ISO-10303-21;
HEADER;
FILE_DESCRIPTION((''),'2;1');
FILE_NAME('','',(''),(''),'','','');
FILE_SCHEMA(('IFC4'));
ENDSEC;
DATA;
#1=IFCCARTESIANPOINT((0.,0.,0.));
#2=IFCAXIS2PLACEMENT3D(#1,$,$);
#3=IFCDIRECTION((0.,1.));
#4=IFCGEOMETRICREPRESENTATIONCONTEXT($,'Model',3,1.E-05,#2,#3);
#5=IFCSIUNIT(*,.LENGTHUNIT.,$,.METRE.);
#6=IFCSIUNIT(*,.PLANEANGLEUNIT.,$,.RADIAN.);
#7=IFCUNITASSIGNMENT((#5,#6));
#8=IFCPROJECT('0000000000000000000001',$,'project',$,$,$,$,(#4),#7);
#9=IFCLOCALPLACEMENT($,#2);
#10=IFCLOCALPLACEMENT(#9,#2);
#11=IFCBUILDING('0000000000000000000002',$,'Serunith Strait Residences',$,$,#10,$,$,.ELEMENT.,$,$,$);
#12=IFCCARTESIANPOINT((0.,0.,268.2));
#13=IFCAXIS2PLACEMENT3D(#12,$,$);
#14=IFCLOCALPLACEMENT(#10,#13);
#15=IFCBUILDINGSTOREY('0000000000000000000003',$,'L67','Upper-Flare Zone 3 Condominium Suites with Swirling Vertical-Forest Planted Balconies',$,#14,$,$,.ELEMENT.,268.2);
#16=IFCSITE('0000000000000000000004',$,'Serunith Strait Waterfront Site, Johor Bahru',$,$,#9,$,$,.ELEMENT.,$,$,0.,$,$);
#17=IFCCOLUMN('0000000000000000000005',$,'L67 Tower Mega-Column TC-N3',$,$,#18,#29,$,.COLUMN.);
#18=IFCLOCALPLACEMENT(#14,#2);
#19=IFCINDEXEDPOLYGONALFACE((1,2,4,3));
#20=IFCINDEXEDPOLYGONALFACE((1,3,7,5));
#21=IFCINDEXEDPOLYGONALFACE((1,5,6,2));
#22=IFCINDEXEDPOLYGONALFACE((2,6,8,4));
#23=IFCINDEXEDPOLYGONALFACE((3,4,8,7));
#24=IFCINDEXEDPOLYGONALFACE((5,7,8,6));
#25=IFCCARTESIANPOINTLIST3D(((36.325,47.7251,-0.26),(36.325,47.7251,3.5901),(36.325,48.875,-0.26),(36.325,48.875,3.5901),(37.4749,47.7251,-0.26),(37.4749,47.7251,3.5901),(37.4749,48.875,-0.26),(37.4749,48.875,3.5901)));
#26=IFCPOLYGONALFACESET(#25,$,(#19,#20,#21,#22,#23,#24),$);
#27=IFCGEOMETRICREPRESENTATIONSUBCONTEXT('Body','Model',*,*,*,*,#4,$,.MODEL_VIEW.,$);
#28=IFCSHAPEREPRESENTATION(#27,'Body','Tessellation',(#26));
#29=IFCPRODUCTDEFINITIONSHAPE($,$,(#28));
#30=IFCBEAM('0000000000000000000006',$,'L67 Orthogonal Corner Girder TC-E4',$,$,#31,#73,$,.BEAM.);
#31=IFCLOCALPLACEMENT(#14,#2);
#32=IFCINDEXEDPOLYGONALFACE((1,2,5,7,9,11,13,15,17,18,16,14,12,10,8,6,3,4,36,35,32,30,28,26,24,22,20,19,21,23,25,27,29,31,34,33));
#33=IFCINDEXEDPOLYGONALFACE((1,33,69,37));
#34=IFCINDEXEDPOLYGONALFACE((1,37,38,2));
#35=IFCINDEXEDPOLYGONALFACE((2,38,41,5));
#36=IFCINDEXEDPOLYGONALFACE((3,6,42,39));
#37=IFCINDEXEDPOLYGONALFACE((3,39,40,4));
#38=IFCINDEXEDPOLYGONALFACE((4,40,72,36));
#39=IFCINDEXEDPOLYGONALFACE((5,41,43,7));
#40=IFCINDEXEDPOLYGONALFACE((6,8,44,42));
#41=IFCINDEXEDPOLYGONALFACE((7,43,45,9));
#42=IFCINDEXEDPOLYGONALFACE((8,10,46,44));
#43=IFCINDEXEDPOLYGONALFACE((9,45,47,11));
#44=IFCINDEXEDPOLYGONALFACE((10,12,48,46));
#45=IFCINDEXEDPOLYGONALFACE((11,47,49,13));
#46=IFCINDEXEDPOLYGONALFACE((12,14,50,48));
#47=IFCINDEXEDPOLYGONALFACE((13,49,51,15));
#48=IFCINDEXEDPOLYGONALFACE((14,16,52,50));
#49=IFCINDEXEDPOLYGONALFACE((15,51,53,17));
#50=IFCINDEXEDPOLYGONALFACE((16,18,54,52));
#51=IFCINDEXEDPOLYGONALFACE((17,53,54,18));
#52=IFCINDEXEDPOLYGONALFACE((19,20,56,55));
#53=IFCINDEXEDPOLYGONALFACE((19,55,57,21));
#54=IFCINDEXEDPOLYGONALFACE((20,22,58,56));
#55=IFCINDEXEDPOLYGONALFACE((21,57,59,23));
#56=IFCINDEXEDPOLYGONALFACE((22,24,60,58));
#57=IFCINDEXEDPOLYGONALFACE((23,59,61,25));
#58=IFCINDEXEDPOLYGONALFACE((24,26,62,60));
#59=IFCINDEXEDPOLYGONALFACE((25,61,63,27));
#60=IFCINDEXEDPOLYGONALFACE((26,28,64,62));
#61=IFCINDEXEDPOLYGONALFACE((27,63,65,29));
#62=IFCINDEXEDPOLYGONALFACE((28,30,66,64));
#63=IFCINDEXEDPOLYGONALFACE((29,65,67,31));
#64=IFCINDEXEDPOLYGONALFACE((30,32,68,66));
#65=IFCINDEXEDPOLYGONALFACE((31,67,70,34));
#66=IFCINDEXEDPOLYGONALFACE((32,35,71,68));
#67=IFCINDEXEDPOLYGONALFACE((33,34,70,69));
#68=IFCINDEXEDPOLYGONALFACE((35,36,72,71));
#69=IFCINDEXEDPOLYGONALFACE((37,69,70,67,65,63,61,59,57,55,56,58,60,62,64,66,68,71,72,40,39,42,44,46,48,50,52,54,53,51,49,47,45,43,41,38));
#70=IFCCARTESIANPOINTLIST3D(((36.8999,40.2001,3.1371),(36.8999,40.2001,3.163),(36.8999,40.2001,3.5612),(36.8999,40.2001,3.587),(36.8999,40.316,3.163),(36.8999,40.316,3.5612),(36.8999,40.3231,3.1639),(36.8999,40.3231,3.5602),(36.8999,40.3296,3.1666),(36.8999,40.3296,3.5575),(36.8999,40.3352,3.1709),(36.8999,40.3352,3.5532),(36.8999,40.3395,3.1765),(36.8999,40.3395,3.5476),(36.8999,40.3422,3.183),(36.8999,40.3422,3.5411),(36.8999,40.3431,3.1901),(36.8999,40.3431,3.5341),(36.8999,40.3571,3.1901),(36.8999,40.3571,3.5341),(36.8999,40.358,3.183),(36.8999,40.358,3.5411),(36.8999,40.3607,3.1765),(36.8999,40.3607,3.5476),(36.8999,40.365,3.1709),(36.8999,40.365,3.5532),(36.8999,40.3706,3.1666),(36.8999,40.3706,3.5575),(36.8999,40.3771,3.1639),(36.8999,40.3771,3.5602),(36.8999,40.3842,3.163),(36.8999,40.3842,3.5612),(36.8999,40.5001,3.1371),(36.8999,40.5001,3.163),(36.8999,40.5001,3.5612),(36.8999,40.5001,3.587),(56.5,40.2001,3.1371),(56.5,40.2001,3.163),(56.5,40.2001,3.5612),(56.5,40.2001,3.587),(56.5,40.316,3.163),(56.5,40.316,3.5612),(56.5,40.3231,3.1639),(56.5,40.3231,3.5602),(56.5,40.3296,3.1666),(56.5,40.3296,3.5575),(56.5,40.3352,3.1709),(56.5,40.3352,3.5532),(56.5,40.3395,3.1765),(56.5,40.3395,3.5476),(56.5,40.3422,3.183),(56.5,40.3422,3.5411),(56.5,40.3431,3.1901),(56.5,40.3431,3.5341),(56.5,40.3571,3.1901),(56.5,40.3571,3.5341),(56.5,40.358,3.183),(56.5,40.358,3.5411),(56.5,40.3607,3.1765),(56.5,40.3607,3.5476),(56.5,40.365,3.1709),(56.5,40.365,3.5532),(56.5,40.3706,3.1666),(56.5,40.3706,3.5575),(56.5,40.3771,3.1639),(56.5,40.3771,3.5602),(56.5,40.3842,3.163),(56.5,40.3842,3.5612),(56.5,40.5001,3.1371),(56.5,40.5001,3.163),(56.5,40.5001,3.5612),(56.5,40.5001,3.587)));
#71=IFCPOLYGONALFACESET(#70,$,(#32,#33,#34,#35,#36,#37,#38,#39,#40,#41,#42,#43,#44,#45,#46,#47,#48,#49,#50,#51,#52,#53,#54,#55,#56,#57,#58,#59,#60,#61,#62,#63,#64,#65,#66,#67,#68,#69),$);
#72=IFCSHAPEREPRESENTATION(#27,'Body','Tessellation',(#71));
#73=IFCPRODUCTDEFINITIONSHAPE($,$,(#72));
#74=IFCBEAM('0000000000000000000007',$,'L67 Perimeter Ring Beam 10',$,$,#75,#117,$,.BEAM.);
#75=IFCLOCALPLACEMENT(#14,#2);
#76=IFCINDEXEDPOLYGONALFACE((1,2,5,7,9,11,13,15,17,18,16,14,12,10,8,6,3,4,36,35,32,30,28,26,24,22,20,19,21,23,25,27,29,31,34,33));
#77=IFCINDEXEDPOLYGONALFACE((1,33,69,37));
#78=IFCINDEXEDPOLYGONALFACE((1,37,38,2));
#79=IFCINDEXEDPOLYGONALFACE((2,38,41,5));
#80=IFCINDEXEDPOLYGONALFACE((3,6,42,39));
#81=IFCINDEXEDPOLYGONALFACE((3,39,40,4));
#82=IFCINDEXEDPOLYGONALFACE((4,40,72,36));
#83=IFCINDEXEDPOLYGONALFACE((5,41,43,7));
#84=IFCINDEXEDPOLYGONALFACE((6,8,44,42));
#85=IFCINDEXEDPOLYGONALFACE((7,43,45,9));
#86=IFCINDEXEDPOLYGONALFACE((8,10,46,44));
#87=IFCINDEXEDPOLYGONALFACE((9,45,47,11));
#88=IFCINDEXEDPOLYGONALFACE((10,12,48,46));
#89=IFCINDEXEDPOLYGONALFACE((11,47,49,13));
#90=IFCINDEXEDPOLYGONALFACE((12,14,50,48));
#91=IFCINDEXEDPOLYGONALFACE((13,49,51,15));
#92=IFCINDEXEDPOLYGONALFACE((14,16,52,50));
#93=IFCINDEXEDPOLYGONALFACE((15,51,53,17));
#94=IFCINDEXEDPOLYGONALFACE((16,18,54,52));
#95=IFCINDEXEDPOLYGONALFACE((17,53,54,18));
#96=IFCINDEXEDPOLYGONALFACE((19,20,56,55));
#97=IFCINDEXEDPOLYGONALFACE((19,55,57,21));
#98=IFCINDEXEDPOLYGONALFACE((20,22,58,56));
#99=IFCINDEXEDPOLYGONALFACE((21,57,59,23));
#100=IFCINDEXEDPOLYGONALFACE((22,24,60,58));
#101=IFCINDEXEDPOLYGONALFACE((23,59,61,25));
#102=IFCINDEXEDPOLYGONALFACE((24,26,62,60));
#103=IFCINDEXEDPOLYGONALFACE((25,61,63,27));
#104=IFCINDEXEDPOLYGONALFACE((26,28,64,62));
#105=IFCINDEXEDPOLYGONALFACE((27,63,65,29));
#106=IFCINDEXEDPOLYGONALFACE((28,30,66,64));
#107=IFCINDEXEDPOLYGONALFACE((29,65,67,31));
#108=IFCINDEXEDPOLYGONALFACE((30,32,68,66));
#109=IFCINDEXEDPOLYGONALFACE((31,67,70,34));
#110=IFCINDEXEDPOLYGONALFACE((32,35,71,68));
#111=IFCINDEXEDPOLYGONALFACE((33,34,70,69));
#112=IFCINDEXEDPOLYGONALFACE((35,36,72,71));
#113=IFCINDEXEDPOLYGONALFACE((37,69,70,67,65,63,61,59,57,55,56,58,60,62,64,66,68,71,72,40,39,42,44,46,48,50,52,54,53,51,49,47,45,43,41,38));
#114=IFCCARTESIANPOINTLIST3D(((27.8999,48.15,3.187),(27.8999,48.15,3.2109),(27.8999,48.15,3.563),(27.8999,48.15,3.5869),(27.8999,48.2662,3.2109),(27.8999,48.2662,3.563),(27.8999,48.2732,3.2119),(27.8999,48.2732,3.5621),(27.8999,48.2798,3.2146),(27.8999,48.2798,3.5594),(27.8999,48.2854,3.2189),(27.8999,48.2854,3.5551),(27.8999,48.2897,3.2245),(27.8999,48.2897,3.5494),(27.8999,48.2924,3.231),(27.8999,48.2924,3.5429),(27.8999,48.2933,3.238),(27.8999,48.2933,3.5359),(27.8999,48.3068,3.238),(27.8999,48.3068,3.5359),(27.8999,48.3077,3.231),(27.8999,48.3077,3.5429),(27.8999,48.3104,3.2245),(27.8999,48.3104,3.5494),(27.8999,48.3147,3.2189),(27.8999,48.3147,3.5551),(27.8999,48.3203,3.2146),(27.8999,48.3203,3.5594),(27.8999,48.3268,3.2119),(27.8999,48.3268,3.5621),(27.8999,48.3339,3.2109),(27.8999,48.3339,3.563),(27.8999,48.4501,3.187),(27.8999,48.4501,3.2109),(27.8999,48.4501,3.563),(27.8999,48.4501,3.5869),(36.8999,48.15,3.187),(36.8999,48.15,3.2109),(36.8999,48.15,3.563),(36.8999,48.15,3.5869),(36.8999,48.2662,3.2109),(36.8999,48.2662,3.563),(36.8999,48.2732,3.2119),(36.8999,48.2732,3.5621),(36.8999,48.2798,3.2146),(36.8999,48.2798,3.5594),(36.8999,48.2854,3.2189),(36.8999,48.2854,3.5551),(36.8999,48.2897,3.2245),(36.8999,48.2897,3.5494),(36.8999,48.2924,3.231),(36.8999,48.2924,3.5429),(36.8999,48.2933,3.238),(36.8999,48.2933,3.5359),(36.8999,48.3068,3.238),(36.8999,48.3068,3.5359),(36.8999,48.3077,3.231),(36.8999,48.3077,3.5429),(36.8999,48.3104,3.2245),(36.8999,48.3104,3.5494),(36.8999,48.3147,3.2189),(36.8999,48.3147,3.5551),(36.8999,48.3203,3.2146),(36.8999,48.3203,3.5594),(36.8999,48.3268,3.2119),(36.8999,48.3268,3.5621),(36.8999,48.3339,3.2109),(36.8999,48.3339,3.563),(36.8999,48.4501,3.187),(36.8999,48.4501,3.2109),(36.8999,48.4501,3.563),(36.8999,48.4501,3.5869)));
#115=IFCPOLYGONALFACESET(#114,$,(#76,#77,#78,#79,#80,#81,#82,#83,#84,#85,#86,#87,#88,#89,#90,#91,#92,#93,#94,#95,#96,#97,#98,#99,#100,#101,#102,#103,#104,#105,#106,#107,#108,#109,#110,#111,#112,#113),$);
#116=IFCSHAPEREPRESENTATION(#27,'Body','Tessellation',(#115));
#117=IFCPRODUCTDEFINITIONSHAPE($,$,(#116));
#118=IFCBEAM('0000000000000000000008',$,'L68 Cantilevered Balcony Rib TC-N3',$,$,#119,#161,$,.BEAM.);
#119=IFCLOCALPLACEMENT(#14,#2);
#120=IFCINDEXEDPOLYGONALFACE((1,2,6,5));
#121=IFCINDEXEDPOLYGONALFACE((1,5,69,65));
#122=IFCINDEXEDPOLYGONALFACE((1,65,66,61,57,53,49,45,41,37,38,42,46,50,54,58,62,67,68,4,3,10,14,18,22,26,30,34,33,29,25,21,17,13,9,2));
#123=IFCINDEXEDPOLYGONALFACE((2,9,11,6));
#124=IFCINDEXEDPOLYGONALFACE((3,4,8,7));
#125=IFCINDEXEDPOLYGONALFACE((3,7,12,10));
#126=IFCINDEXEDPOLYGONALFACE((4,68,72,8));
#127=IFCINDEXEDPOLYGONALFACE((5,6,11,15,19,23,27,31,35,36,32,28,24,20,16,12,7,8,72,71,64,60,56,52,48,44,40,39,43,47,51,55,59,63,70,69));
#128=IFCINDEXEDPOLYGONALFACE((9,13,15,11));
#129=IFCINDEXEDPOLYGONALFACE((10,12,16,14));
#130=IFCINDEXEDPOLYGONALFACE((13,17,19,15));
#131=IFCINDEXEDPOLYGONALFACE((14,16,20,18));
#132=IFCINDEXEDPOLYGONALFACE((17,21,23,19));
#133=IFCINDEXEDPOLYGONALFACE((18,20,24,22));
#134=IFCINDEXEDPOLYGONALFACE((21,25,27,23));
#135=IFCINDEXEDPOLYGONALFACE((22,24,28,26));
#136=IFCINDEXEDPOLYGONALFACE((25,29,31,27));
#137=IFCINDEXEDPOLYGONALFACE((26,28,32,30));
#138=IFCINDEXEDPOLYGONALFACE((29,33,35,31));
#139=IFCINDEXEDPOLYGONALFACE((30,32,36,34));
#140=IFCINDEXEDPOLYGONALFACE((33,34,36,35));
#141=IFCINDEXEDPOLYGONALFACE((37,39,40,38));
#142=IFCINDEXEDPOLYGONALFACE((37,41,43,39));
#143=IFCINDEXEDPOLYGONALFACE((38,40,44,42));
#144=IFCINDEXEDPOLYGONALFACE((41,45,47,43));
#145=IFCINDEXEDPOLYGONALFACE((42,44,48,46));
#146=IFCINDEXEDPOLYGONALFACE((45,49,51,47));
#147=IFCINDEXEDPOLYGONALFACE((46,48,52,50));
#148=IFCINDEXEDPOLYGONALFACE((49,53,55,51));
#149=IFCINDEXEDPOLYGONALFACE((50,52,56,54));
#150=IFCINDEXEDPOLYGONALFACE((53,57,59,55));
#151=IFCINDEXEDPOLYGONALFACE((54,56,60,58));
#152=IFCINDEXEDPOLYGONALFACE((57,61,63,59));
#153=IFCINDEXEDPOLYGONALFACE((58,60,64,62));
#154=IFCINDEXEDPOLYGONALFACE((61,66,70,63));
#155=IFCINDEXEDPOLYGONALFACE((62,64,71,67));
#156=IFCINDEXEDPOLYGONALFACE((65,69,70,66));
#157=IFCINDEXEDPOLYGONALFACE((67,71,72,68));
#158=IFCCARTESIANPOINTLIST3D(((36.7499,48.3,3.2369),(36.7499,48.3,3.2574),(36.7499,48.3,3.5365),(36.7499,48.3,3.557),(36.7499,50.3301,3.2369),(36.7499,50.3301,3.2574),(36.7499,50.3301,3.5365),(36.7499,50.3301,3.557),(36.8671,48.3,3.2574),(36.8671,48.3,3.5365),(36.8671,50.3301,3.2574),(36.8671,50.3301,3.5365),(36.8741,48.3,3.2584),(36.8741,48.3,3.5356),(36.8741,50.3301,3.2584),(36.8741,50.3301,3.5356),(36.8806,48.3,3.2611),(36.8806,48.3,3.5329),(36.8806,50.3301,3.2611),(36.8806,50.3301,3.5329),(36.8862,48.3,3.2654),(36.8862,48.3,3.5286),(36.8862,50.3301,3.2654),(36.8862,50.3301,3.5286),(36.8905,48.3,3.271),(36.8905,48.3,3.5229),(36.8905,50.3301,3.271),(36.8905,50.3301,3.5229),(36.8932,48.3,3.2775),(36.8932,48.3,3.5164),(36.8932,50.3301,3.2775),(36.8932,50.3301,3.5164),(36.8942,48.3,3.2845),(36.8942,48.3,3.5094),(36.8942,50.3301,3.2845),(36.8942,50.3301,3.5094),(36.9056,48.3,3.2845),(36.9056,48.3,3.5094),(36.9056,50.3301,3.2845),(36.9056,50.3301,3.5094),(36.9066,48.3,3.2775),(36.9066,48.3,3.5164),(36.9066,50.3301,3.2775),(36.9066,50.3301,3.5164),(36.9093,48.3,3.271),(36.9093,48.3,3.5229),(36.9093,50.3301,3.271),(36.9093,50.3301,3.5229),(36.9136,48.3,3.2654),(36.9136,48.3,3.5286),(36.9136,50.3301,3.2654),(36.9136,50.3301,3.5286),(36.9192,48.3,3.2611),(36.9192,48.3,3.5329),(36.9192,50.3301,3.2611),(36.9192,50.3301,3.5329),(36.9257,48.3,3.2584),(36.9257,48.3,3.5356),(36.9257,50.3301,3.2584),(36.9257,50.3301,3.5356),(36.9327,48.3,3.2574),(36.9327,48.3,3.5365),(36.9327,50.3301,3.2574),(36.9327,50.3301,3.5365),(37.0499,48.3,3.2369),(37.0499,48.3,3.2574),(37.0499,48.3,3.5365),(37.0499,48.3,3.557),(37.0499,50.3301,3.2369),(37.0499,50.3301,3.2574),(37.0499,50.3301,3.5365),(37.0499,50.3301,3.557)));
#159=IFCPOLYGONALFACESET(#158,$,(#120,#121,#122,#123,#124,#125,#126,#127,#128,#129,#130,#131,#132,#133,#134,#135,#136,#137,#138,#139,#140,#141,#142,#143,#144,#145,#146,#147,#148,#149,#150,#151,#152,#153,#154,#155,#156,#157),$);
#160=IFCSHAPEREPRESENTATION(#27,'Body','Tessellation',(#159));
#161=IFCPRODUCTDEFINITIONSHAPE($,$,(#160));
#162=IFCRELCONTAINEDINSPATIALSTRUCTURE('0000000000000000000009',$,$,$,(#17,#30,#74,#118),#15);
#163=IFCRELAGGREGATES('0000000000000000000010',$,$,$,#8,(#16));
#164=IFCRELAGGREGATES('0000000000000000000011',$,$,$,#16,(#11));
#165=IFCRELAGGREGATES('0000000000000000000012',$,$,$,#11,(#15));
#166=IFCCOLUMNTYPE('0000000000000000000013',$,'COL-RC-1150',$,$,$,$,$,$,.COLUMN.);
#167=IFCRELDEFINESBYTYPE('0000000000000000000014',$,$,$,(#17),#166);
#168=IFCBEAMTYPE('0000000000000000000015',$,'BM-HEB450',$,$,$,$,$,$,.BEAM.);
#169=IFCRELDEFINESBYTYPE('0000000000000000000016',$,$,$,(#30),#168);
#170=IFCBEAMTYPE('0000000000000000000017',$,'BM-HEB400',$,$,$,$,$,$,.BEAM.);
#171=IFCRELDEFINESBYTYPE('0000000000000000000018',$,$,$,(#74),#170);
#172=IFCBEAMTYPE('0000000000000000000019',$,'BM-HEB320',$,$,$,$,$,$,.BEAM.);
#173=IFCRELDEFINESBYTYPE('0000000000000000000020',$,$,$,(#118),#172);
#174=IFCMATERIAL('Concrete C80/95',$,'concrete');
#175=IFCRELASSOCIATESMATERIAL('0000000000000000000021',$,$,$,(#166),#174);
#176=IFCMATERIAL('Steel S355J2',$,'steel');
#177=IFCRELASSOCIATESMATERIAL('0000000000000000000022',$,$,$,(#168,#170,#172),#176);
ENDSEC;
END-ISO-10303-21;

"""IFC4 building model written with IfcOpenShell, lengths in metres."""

from ifc_helpers import new_model, si_unit, direction, frame, origin, origin_2d, place, context, subcontext, project, spatial, rectangle, i_section, extrude, source, transform, mapped, material, material_profile, profile_set, type_object, element, save


model = new_model("IFC4")

# Units and contexts
model_context = context("Model", 3, precision=1e-05, world=origin(), true_north=direction((0.0, 1.0)))
body_context = subcontext(model_context, "Body", "Model", "MODEL_VIEW")
ifc_project = project(units=[si_unit("LENGTHUNIT", "METRE"), si_unit("PLANEANGLEUNIT", "RADIAN")], contexts=[model_context])

# Site, building, storey
site_placement = place(None, origin())
site = spatial("IfcSite", under=ifc_project, at=site_placement, Name="Serunith Strait Waterfront Site, Johor Bahru", CompositionType="ELEMENT", RefElevation=0.0)
building_placement = place(site_placement, origin())
building = spatial("IfcBuilding", under=site, at=building_placement, Name="Serunith Strait Residences", CompositionType="ELEMENT")
storey_placement = place(building_placement, frame((0.0, 0.0, 268.2)))
storey = spatial("IfcBuildingStorey", under=building, at=storey_placement, Name="L67", Description="Upper-Flare Zone 3 Condominium Suites with Swirling Vertical-Forest Planted Balconies", CompositionType="ELEMENT", Elevation=268.2)

# Column
ifc_material_1 = material(Name="Concrete C80/95", Category="concrete")
ifc_material_profile_1 = material_profile(ifc_material_1, rectangle(XDim=1.1499, YDim=1.1499, at=origin_2d()), Name="RC 1150x1150")
ifc_profile_set_1 = profile_set([ifc_material_profile_1], Name="Concrete C80/95")
column_type = type_object("IfcColumnType", Name="COL-RC-1150", PredefinedType="COLUMN", material=ifc_profile_set_1)
shared_shape_1 = source(origin(), body_context, "Body", "SweptSolid", [
    extrude(rectangle(XDim=1.1499, YDim=1.1499, at=origin_2d()), origin(), (0.0, 0.0, 1.0), 3.8501),
])
column_placement = place(storey_placement, frame((36.8999, 48.3, -0.26), z_axis=(0.0, 0.0, 1.0), x_axis=(1.0, 0.0, 0.0)))
element("IfcColumn", 1, at=column_placement, inside=storey, type_object=column_type, Name="L67 Tower Mega-Column TC-N3", PredefinedType="COLUMN", context=body_context, shape_type="MappedRepresentation", body=[
    mapped(shared_shape_1, transform((0.0, 0.0, 0.0), scale=1.0)),
])

# Beams
ifc_material_2 = material(Name="Steel S355J2", Category="steel")
ifc_material_profile_2 = material_profile(ifc_material_2, i_section(OverallWidth=0.3, OverallDepth=0.45, WebThickness=0.0139, FlangeThickness=0.0259, FilletRadius=0.0271, at=origin_2d()), Name="HEB 450")
ifc_profile_set_2 = profile_set([ifc_material_profile_2], Name="Steel S355J2")
beam_type_1 = type_object("IfcBeamType", Name="BM-HEB450", PredefinedType="BEAM", material=ifc_profile_set_2)
shared_shape_2 = source(origin(), body_context, "Body", "SweptSolid", [
    extrude(i_section(OverallWidth=0.3, OverallDepth=0.45, WebThickness=0.0139, FlangeThickness=0.0259, FilletRadius=0.0271, at=origin_2d()), origin(), (0.0, 0.0, 1.0), 19.6001),
])
beam_1_placement = place(storey_placement, frame((36.8999, 40.3501, 3.3621), z_axis=(1.0, 0.0, 0.0), x_axis=(0.0, 1.0, 0.0)))
element("IfcBeam", 2, at=beam_1_placement, inside=storey, type_object=beam_type_1, Name="L67 Orthogonal Corner Girder TC-E4", PredefinedType="BEAM", context=body_context, shape_type="MappedRepresentation", body=[
    mapped(shared_shape_2, transform((0.0, 0.0, 0.0), scale=1.0)),
])
ifc_material_profile_3 = material_profile(ifc_material_2, i_section(OverallWidth=0.3, OverallDepth=0.3999, WebThickness=0.0134, FlangeThickness=0.0239, FilletRadius=0.0271, at=origin_2d()), Name="HEB 400")
ifc_profile_set_3 = profile_set([ifc_material_profile_3], Name="Steel S355J2")
beam_type_2 = type_object("IfcBeamType", Name="BM-HEB400", PredefinedType="BEAM", material=ifc_profile_set_3)
shared_shape_3 = source(origin(), body_context, "Body", "SweptSolid", [
    extrude(i_section(OverallWidth=0.3, OverallDepth=0.3999, WebThickness=0.0134, FlangeThickness=0.0239, FilletRadius=0.0271, at=origin_2d()), origin(), (0.0, 0.0, 1.0), 9.0),
])
beam_2_placement = place(storey_placement, frame((36.8999, 48.3, 3.387), z_axis=(-1.0, 0.0, 0.0), x_axis=(0.0, -1.0, 0.0)))
element("IfcBeam", 3, at=beam_2_placement, inside=storey, type_object=beam_type_2, Name="L67 Perimeter Ring Beam 10", PredefinedType="BEAM", context=body_context, shape_type="MappedRepresentation", body=[
    mapped(shared_shape_3, transform((0.0, 0.0, 0.0), scale=1.0)),
])
ifc_material_profile_4 = material_profile(ifc_material_2, i_section(OverallWidth=0.3, OverallDepth=0.3201, WebThickness=0.0115, FlangeThickness=0.0205, FilletRadius=0.0271, at=origin_2d()), Name="HEB 320")
ifc_profile_set_4 = profile_set([ifc_material_profile_4], Name="Steel S355J2")
beam_type_3 = type_object("IfcBeamType", Name="BM-HEB320", PredefinedType="BEAM", material=ifc_profile_set_4)
shared_shape_4 = source(origin(), body_context, "Body", "SweptSolid", [
    extrude(i_section(OverallWidth=0.3, OverallDepth=0.3201, WebThickness=0.0115, FlangeThickness=0.0205, FilletRadius=0.0271, at=origin_2d()), origin(), (0.0, 0.0, 1.0), 2.03),
])
beam_3_placement = place(storey_placement, frame((36.8999, 48.3, 3.397), z_axis=(0.0, 1.0, 0.0), x_axis=(-1.0, 0.0, 0.0)))
element("IfcBeam", 4, at=beam_3_placement, inside=storey, type_object=beam_type_3, Name="L68 Cantilevered Balcony Rib TC-N3", PredefinedType="BEAM", context=body_context, shape_type="MappedRepresentation", body=[
    mapped(shared_shape_4, transform((0.0, 0.0, 0.0), scale=1.0)),
])

save(model, "model.ifc")
